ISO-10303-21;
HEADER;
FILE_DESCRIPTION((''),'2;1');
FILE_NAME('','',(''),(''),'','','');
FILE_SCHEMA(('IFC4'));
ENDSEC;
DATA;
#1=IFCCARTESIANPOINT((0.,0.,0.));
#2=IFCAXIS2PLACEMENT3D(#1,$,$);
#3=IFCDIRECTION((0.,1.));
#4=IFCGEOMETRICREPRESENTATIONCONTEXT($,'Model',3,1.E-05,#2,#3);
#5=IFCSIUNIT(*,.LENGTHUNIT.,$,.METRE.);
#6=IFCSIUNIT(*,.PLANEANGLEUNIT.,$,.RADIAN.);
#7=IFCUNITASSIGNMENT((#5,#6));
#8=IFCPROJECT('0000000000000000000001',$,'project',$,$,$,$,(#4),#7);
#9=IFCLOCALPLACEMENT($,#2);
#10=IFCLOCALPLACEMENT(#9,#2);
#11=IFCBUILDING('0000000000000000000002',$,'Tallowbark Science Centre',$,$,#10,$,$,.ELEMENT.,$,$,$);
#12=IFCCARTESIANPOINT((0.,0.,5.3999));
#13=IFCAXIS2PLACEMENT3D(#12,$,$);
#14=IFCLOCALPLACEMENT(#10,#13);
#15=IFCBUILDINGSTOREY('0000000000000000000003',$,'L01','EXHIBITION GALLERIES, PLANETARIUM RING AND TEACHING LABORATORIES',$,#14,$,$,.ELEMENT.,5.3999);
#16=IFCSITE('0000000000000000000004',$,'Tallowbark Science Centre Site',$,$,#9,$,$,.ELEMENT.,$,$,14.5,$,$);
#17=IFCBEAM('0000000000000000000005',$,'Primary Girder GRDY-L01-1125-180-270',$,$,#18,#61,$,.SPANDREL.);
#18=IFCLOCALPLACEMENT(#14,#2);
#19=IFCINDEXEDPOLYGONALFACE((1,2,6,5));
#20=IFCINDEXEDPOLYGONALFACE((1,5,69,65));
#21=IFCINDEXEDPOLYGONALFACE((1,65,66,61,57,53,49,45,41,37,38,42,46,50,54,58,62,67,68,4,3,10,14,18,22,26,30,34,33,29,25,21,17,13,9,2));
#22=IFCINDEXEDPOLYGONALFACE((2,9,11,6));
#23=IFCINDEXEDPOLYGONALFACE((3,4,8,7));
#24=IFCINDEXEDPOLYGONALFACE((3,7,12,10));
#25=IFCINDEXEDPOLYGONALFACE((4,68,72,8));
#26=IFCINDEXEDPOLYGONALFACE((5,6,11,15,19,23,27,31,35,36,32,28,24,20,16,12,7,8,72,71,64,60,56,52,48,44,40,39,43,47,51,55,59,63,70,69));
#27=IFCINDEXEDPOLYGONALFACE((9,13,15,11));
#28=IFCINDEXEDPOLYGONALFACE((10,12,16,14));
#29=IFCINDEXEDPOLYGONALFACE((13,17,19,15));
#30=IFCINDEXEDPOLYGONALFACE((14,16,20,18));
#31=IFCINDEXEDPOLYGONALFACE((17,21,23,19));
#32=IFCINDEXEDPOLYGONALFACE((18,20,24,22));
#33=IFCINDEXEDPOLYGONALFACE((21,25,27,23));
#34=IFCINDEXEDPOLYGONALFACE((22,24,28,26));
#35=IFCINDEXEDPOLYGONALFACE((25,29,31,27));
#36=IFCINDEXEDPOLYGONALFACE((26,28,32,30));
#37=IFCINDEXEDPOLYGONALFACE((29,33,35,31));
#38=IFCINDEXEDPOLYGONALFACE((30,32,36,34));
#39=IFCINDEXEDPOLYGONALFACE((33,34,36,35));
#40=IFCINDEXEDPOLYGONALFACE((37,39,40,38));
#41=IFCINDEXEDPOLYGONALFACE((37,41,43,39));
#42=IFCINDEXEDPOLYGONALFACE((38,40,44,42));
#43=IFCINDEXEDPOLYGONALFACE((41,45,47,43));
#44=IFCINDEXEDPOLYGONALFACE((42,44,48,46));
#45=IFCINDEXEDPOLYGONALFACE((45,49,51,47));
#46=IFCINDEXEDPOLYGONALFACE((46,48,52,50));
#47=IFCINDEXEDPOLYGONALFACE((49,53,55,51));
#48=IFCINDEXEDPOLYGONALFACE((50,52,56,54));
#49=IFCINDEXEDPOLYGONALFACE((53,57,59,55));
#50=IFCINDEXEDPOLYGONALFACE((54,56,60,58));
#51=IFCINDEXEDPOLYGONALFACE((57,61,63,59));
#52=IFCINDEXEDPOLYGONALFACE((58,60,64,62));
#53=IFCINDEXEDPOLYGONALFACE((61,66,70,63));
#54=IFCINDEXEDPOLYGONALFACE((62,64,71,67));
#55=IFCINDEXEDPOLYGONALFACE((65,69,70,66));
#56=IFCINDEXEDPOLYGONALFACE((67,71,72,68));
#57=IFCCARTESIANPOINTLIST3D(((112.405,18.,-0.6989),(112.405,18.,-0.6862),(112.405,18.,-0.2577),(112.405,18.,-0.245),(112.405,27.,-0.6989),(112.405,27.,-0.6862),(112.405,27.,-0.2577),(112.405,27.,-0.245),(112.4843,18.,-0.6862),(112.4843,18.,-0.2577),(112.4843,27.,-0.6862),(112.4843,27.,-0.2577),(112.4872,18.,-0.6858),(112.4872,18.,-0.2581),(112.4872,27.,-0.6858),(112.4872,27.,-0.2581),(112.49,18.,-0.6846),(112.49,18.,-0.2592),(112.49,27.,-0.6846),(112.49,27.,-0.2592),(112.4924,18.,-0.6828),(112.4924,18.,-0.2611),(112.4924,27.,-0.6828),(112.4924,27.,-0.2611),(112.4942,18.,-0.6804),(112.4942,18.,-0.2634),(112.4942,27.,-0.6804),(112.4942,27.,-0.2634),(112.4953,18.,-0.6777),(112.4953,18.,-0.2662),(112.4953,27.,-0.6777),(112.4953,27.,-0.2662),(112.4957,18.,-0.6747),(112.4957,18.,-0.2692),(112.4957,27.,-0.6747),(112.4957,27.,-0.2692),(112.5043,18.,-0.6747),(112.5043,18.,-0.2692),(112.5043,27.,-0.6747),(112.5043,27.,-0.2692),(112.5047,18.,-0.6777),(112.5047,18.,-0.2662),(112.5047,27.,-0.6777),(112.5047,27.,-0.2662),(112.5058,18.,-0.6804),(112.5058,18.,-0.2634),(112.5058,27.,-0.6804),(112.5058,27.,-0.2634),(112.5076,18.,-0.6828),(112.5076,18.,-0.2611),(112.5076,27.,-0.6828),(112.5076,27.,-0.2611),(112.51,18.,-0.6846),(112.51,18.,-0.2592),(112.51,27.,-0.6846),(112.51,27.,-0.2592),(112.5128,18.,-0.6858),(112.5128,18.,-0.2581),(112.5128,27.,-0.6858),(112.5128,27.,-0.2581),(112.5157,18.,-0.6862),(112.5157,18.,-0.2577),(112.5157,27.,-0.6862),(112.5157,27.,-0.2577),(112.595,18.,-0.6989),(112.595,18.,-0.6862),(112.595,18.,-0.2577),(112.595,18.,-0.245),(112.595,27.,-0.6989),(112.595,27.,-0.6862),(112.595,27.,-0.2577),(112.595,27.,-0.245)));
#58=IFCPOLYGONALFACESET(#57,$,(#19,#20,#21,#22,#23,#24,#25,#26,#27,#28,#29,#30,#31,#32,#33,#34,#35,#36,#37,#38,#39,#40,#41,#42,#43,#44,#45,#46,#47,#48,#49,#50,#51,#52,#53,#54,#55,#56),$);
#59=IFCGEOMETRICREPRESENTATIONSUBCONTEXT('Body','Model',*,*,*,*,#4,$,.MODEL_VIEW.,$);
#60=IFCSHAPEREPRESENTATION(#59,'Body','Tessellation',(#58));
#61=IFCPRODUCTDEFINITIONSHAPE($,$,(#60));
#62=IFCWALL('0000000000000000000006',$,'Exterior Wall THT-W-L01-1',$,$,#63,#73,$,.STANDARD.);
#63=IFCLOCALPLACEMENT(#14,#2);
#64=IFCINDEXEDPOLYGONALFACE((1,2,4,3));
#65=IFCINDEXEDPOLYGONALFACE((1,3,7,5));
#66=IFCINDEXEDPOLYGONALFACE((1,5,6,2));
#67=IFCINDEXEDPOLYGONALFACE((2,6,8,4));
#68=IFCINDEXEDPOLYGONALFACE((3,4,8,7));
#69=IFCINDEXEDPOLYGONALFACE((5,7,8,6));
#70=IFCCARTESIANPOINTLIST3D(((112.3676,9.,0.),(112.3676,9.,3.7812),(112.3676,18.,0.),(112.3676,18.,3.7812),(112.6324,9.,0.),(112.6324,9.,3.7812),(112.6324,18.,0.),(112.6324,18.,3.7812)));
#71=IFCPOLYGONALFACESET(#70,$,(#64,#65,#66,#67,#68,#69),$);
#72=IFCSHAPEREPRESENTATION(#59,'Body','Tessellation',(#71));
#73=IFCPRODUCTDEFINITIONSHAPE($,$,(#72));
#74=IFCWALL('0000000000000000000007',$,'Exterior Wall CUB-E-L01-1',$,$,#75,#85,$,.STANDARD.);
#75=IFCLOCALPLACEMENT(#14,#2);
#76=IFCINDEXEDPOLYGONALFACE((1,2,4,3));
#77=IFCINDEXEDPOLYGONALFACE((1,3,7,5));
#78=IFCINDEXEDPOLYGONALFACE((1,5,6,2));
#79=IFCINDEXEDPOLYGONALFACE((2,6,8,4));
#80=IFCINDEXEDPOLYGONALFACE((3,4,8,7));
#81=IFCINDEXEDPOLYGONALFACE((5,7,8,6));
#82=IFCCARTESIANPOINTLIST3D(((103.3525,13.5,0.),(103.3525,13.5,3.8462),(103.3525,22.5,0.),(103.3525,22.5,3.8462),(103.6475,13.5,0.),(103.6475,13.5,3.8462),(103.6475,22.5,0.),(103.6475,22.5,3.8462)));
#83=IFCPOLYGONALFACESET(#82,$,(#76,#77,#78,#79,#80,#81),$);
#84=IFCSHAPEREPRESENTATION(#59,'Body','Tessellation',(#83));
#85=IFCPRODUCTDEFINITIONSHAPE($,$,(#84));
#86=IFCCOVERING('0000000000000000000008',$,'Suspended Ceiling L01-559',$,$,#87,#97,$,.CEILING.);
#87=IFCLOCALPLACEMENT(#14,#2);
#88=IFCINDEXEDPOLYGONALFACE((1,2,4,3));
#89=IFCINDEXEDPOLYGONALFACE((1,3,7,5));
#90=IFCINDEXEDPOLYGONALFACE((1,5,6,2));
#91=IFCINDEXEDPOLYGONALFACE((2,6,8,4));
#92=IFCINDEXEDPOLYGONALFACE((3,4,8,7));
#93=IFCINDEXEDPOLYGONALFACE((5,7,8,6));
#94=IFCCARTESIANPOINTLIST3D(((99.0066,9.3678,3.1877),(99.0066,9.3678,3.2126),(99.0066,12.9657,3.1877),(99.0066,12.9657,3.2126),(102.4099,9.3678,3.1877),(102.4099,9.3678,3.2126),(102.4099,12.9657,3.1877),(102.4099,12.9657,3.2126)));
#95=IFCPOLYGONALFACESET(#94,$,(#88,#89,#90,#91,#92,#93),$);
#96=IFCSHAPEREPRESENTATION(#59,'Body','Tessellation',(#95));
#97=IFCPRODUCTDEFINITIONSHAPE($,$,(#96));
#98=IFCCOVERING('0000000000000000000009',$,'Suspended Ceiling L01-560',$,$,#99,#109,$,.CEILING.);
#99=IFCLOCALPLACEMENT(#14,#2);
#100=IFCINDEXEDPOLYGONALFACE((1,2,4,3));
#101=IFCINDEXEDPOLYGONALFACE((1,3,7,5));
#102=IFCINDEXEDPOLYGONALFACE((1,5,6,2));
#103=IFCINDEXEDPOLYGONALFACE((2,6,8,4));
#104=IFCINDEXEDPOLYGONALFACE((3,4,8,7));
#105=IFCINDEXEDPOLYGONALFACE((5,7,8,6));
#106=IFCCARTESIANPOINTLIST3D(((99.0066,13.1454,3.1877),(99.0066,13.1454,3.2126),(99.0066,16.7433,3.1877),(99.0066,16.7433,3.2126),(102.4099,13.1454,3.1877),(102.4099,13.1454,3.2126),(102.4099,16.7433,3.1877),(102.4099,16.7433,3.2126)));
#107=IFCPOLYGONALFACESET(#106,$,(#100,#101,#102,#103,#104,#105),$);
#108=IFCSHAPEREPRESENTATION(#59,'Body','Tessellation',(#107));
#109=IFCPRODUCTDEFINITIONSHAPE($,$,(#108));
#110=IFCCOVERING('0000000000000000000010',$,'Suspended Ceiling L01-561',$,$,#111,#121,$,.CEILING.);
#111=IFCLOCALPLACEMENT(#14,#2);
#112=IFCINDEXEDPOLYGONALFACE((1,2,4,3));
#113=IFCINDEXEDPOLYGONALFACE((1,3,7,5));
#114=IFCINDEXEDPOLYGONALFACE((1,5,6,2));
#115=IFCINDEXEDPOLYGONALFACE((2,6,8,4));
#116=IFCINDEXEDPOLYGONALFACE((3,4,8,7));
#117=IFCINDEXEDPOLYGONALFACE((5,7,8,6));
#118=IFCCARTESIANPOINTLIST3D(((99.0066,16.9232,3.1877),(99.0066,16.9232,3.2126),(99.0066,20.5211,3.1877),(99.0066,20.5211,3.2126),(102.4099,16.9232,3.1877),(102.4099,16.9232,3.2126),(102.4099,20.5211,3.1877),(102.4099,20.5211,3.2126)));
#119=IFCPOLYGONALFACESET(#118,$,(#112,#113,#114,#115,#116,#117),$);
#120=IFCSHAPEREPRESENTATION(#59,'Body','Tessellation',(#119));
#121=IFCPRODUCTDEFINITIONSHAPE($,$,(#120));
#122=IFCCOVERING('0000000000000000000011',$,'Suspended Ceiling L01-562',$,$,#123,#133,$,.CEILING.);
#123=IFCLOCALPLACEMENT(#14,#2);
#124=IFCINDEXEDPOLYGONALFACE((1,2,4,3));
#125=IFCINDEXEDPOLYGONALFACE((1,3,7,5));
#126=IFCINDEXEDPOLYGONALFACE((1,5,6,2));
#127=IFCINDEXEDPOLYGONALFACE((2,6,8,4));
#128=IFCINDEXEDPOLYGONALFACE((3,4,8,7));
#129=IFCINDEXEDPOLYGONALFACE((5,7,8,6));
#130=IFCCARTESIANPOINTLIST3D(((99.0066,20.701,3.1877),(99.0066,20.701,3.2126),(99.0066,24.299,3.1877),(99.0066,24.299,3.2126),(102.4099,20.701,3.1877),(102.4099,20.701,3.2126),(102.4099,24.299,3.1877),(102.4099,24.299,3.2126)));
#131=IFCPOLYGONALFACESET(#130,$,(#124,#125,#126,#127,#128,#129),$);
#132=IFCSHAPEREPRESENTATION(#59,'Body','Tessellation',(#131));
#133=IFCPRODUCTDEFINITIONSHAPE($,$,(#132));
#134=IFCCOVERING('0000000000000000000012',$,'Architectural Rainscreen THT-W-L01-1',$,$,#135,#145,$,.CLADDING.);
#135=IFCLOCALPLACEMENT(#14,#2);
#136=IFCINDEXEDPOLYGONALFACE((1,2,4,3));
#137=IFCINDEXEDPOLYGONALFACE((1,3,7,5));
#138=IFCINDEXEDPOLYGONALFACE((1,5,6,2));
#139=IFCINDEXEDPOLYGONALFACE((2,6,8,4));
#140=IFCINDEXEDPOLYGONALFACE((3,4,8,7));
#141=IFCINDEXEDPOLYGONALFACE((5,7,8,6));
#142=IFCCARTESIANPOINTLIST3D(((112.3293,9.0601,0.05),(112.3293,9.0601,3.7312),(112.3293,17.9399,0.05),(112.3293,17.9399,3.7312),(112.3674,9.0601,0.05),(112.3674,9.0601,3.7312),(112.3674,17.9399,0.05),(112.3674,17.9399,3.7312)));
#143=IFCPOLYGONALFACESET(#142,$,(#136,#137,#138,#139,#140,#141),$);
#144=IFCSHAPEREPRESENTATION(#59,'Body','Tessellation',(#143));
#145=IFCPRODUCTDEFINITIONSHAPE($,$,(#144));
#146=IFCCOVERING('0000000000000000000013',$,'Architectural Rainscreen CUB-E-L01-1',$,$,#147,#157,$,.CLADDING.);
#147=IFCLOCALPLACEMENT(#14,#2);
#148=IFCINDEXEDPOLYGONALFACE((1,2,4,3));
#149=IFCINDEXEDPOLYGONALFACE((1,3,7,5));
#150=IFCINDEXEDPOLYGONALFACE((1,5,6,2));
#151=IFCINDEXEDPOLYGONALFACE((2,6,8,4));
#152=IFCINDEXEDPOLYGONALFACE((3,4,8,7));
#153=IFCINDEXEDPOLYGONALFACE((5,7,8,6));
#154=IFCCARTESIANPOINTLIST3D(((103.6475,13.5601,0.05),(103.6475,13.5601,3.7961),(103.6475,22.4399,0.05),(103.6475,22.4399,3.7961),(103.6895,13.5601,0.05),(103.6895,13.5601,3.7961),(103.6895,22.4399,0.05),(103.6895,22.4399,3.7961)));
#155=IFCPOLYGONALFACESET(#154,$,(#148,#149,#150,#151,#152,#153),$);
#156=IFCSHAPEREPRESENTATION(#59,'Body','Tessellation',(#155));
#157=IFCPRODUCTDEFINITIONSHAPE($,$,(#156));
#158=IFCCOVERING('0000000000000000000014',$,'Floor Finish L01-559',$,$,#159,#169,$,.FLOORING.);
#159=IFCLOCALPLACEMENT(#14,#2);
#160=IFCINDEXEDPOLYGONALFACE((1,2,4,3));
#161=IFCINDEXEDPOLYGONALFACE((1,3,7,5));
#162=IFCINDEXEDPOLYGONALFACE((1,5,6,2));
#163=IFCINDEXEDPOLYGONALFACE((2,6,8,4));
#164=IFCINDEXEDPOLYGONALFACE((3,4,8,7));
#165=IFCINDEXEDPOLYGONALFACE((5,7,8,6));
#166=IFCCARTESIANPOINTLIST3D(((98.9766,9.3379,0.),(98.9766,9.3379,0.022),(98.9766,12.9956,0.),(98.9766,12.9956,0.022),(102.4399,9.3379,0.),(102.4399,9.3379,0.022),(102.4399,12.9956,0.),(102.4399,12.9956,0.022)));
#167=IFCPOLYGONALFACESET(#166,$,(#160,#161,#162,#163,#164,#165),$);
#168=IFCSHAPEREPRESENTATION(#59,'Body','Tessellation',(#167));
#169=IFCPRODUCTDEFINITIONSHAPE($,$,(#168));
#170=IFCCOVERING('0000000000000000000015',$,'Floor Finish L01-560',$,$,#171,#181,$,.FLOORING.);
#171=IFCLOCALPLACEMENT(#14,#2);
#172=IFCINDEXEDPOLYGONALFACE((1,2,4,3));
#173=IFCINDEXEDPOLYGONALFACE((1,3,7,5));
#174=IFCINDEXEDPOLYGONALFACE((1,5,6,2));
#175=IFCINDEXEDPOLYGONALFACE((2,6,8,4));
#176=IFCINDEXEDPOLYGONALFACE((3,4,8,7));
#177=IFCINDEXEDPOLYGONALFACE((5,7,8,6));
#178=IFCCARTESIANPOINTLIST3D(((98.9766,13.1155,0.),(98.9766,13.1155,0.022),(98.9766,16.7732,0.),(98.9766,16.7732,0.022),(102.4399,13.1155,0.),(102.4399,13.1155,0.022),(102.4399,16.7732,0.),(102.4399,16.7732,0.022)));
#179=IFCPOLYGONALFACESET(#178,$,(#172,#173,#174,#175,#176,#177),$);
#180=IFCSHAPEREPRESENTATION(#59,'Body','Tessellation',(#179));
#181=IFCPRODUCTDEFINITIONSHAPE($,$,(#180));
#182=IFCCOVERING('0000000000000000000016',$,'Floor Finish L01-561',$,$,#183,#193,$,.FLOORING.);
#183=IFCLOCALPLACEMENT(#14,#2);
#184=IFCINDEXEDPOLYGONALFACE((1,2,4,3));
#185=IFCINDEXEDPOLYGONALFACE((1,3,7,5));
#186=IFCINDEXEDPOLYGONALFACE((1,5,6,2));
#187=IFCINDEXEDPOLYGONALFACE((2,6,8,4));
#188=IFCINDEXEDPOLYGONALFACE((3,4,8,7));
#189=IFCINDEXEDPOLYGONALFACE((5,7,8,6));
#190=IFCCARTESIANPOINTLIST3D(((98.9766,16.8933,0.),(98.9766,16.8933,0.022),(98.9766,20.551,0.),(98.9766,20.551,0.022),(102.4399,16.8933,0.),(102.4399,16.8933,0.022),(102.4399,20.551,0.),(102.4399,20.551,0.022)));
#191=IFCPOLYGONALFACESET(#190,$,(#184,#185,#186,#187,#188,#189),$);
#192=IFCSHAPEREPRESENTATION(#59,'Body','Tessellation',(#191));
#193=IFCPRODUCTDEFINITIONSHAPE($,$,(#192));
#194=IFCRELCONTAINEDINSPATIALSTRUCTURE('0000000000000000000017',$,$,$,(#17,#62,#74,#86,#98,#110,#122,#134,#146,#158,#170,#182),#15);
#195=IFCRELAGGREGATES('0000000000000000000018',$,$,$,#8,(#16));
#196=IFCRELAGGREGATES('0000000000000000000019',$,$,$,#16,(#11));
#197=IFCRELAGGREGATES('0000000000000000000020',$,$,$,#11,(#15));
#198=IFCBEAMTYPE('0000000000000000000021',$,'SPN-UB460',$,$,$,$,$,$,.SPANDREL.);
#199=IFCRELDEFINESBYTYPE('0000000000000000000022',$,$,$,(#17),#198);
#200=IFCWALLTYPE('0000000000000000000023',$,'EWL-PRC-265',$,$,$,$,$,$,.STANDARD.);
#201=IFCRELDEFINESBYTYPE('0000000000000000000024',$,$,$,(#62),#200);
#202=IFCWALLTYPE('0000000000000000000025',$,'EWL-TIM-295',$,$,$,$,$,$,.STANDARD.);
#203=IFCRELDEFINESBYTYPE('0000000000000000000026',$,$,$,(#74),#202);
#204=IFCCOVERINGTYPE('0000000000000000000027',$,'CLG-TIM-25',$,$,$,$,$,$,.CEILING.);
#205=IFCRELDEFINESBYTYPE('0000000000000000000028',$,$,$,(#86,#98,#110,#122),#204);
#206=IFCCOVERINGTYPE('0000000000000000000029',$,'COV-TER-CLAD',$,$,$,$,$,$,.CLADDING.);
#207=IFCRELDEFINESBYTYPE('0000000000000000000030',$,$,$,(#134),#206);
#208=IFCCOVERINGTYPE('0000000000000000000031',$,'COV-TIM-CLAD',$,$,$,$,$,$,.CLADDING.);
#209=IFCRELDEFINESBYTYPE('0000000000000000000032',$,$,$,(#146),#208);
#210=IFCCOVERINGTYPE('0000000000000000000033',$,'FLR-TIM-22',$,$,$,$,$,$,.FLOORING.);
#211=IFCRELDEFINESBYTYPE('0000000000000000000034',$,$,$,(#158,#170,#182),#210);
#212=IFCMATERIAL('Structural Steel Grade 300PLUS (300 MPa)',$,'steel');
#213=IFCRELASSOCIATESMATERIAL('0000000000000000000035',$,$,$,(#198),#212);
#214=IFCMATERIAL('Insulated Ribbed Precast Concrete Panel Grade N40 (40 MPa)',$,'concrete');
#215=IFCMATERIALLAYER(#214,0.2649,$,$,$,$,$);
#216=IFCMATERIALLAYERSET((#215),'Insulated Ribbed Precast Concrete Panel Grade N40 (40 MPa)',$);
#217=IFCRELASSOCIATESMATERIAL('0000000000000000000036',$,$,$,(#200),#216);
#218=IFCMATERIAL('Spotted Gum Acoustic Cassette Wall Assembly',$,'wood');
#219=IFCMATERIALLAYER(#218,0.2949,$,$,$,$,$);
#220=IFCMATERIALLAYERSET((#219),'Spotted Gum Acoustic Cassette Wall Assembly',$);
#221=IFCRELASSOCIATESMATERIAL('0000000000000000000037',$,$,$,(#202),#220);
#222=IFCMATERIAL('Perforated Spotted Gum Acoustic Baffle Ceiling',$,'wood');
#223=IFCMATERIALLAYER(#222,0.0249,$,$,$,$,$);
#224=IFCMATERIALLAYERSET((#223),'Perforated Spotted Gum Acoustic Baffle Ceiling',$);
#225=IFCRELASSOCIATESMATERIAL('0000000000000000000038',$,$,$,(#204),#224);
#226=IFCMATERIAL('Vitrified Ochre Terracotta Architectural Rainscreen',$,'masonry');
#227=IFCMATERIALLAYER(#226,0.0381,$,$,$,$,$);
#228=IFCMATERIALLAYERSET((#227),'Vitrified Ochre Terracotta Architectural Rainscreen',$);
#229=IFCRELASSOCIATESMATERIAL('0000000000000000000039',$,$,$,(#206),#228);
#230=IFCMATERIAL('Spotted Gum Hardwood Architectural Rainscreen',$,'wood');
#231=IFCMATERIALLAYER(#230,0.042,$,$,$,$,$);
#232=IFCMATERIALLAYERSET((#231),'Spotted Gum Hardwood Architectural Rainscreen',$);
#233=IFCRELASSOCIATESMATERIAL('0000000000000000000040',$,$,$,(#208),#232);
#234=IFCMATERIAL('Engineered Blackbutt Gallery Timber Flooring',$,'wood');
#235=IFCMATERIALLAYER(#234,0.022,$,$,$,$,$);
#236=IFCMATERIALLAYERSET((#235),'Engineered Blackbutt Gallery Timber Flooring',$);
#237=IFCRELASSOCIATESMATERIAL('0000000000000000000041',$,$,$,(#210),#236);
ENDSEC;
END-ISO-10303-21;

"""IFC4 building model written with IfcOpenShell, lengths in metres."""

from ifc_helpers import new_model, si_unit, direction, frame, frame_2d, origin, origin_2d, place, context, subcontext, project, spatial, rectangle, i_section, extrude, material, layer, layer_set, material_profile, profile_set, type_object, element, save


model = new_model("IFC4")

# Units and contexts
model_context = context("Model", 3, precision=1e-05, world=origin(), true_north=direction((0.0, 1.0)))
body_context = subcontext(model_context, "Body", "Model", "MODEL_VIEW")
ifc_project = project(units=[si_unit("LENGTHUNIT", "METRE"), si_unit("PLANEANGLEUNIT", "RADIAN")], contexts=[model_context])

# Site, building, storey
site_placement = place(None, origin())
site = spatial("IfcSite", under=ifc_project, at=site_placement, Name="Tallowbark Science Centre Site", CompositionType="ELEMENT", RefElevation=14.5)
building_placement = place(site_placement, origin())
building = spatial("IfcBuilding", under=site, at=building_placement, Name="Tallowbark Science Centre", CompositionType="ELEMENT")
storey_placement = place(building_placement, frame((0.0, 0.0, 5.3999)))
storey = spatial("IfcBuildingStorey", under=building, at=storey_placement, Name="L01", Description="EXHIBITION GALLERIES, PLANETARIUM RING AND TEACHING LABORATORIES", CompositionType="ELEMENT", Elevation=5.3999)

# Shared definitions
ifc_material_1 = material(Name="Structural Steel Grade 300PLUS (300 MPa)", Category="steel")

# Beam
ifc_material_profile_1 = material_profile(ifc_material_1, i_section(OverallWidth=0.1899, OverallDepth=0.4539, WebThickness=0.0085, FlangeThickness=0.0127, FilletRadius=0.0115, at=origin_2d()), Name="460UB67.1")
ifc_profile_set_1 = profile_set([ifc_material_profile_1], Name="Structural Steel Grade 300PLUS (300 MPa)")
beam_type_1 = type_object("IfcBeamType", Name="SPN-UB460", PredefinedType="SPANDREL", material=ifc_profile_set_1)
beam_1_placement = place(storey_placement, frame((112.5, 18.0, -0.4719), z_axis=(0.0, 1.0, 0.0), x_axis=(-1.0, 0.0, 0.0)))
element("IfcBeam", 1, at=beam_1_placement, inside=storey, type_object=beam_type_1, Name="Primary Girder GRDY-L01-1125-180-270", PredefinedType="SPANDREL", context=body_context, shape_type="SweptSolid", body=[
    extrude(i_section(OverallWidth=0.1899, OverallDepth=0.4539, WebThickness=0.0085, FlangeThickness=0.0127, FilletRadius=0.0115, at=origin_2d()), origin(), (0.0, 0.0, 1.0), 9.0),
])

# Walls
ifc_material_2 = material(Name="Insulated Ribbed Precast Concrete Panel Grade N40 (40 MPa)", Category="concrete")
ifc_layer_1 = layer(ifc_material_2, 0.2649)
ifc_layer_set_1 = layer_set([ifc_layer_1], Name="Insulated Ribbed Precast Concrete Panel Grade N40 (40 MPa)")
wall_type_1 = type_object("IfcWallType", Name="EWL-PRC-265", PredefinedType="STANDARD", material=ifc_layer_set_1)
wall_1_placement = place(storey_placement, frame((112.5, 18.0, 0.0), z_axis=(0.0, 0.0, 1.0), x_axis=(0.0, -1.0, 0.0)))
element("IfcWall", 2, at=wall_1_placement, inside=storey, type_object=wall_type_1, Name="Exterior Wall THT-W-L01-1", PredefinedType="STANDARD", context=body_context, shape_type="SweptSolid", body=[
    extrude(rectangle(XDim=9.0, YDim=0.2649, at=frame_2d((4.5, 0.0))), origin(), (0.0, 0.0, 1.0), 3.7812),
])
ifc_material_3 = material(Name="Spotted Gum Acoustic Cassette Wall Assembly", Category="wood")
ifc_layer_2 = layer(ifc_material_3, 0.2949)
ifc_layer_set_2 = layer_set([ifc_layer_2], Name="Spotted Gum Acoustic Cassette Wall Assembly")
wall_type_2 = type_object("IfcWallType", Name="EWL-TIM-295", PredefinedType="STANDARD", material=ifc_layer_set_2)
wall_2_placement = place(storey_placement, frame((103.5, 13.5, 0.0), z_axis=(0.0, 0.0, 1.0), x_axis=(0.0, 1.0, 0.0)))
element("IfcWall", 3, at=wall_2_placement, inside=storey, type_object=wall_type_2, Name="Exterior Wall CUB-E-L01-1", PredefinedType="STANDARD", context=body_context, shape_type="SweptSolid", body=[
    extrude(rectangle(XDim=9.0, YDim=0.2949, at=frame_2d((4.5, 0.0))), origin(), (0.0, 0.0, 1.0), 3.8462),
])

# Coverings
ifc_material_4 = material(Name="Perforated Spotted Gum Acoustic Baffle Ceiling", Category="wood")
ifc_layer_3 = layer(ifc_material_4, 0.0249)
ifc_layer_set_3 = layer_set([ifc_layer_3], Name="Perforated Spotted Gum Acoustic Baffle Ceiling")
covering_type_1 = type_object("IfcCoveringType", Name="CLG-TIM-25", PredefinedType="CEILING", material=ifc_layer_set_3)
for number, where, z_axis, x_axis, name in (
    (4, (100.7083, 11.1667, 3.1877), (0.0, 0.0, 1.0), (1.0, 0.0, 0.0), "Suspended Ceiling L01-559"),
    (5, (100.7083, 14.9443, 3.1877), (0.0, 0.0, 1.0), (1.0, 0.0, 0.0), "Suspended Ceiling L01-560"),
    (6, (100.7083, 18.7222, 3.1877), (0.0, 0.0, 1.0), (1.0, 0.0, 0.0), "Suspended Ceiling L01-561"),
    (7, (100.7083, 22.5, 3.1877), (0.0, 0.0, 1.0), (1.0, 0.0, 0.0), "Suspended Ceiling L01-562"),
):
    element("IfcCovering", number, at=place(storey_placement, frame(where, z_axis=z_axis, x_axis=x_axis)), inside=storey, type_object=covering_type_1, Name=name, PredefinedType="CEILING", context=body_context, shape_type="SweptSolid", body=[
        extrude(rectangle(XDim=3.4033, YDim=3.5979, at=origin_2d()), origin(), (0.0, 0.0, 1.0), 0.0249),
    ])
ifc_material_5 = material(Name="Vitrified Ochre Terracotta Architectural Rainscreen", Category="masonry")
ifc_layer_4 = layer(ifc_material_5, 0.0381)
ifc_layer_set_4 = layer_set([ifc_layer_4], Name="Vitrified Ochre Terracotta Architectural Rainscreen")
covering_type_2 = type_object("IfcCoveringType", Name="COV-TER-CLAD", PredefinedType="CLADDING", material=ifc_layer_set_4)
covering_1_placement = place(storey_placement, frame((112.3484, 13.5, 0.05), z_axis=(0.0, 0.0, 1.0), x_axis=(0.0, -1.0, 0.0)))
element("IfcCovering", 8, at=covering_1_placement, inside=storey, type_object=covering_type_2, Name="Architectural Rainscreen THT-W-L01-1", PredefinedType="CLADDING", context=body_context, shape_type="SweptSolid", body=[
    extrude(rectangle(XDim=8.8799, YDim=0.0381, at=origin_2d()), origin(), (0.0, 0.0, 1.0), 3.6812),
])
ifc_material_6 = material(Name="Spotted Gum Hardwood Architectural Rainscreen", Category="wood")
ifc_layer_5 = layer(ifc_material_6, 0.042)
ifc_layer_set_5 = layer_set([ifc_layer_5], Name="Spotted Gum Hardwood Architectural Rainscreen")
covering_type_3 = type_object("IfcCoveringType", Name="COV-TIM-CLAD", PredefinedType="CLADDING", material=ifc_layer_set_5)
covering_2_placement = place(storey_placement, frame((103.6685, 18.0, 0.05), z_axis=(0.0, 0.0, 1.0), x_axis=(0.0, 1.0, 0.0)))
element("IfcCovering", 9, at=covering_2_placement, inside=storey, type_object=covering_type_3, Name="Architectural Rainscreen CUB-E-L01-1", PredefinedType="CLADDING", context=body_context, shape_type="SweptSolid", body=[
    extrude(rectangle(XDim=8.8799, YDim=0.042, at=origin_2d()), origin(), (0.0, 0.0, 1.0), 3.7461),
])
ifc_material_7 = material(Name="Engineered Blackbutt Gallery Timber Flooring", Category="wood")
ifc_layer_6 = layer(ifc_material_7, 0.022)
ifc_layer_set_6 = layer_set([ifc_layer_6], Name="Engineered Blackbutt Gallery Timber Flooring")
covering_type_4 = type_object("IfcCoveringType", Name="FLR-TIM-22", PredefinedType="FLOORING", material=ifc_layer_set_6)
for number, where, z_axis, x_axis, name in (
    (10, (100.7083, 11.1667, 0.0), (0.0, 0.0, 1.0), (1.0, 0.0, 0.0), "Floor Finish L01-559"),
    (11, (100.7083, 14.9443, 0.0), (0.0, 0.0, 1.0), (1.0, 0.0, 0.0), "Floor Finish L01-560"),
    (12, (100.7083, 18.7222, 0.0), (0.0, 0.0, 1.0), (1.0, 0.0, 0.0), "Floor Finish L01-561"),
):
    element("IfcCovering", number, at=place(storey_placement, frame(where, z_axis=z_axis, x_axis=x_axis)), inside=storey, type_object=covering_type_4, Name=name, PredefinedType="FLOORING", context=body_context, shape_type="SweptSolid", body=[
        extrude(rectangle(XDim=3.4634, YDim=3.6577, at=origin_2d()), origin(), (0.0, 0.0, 1.0), 0.022),
    ])

save(model, "model.ifc")
